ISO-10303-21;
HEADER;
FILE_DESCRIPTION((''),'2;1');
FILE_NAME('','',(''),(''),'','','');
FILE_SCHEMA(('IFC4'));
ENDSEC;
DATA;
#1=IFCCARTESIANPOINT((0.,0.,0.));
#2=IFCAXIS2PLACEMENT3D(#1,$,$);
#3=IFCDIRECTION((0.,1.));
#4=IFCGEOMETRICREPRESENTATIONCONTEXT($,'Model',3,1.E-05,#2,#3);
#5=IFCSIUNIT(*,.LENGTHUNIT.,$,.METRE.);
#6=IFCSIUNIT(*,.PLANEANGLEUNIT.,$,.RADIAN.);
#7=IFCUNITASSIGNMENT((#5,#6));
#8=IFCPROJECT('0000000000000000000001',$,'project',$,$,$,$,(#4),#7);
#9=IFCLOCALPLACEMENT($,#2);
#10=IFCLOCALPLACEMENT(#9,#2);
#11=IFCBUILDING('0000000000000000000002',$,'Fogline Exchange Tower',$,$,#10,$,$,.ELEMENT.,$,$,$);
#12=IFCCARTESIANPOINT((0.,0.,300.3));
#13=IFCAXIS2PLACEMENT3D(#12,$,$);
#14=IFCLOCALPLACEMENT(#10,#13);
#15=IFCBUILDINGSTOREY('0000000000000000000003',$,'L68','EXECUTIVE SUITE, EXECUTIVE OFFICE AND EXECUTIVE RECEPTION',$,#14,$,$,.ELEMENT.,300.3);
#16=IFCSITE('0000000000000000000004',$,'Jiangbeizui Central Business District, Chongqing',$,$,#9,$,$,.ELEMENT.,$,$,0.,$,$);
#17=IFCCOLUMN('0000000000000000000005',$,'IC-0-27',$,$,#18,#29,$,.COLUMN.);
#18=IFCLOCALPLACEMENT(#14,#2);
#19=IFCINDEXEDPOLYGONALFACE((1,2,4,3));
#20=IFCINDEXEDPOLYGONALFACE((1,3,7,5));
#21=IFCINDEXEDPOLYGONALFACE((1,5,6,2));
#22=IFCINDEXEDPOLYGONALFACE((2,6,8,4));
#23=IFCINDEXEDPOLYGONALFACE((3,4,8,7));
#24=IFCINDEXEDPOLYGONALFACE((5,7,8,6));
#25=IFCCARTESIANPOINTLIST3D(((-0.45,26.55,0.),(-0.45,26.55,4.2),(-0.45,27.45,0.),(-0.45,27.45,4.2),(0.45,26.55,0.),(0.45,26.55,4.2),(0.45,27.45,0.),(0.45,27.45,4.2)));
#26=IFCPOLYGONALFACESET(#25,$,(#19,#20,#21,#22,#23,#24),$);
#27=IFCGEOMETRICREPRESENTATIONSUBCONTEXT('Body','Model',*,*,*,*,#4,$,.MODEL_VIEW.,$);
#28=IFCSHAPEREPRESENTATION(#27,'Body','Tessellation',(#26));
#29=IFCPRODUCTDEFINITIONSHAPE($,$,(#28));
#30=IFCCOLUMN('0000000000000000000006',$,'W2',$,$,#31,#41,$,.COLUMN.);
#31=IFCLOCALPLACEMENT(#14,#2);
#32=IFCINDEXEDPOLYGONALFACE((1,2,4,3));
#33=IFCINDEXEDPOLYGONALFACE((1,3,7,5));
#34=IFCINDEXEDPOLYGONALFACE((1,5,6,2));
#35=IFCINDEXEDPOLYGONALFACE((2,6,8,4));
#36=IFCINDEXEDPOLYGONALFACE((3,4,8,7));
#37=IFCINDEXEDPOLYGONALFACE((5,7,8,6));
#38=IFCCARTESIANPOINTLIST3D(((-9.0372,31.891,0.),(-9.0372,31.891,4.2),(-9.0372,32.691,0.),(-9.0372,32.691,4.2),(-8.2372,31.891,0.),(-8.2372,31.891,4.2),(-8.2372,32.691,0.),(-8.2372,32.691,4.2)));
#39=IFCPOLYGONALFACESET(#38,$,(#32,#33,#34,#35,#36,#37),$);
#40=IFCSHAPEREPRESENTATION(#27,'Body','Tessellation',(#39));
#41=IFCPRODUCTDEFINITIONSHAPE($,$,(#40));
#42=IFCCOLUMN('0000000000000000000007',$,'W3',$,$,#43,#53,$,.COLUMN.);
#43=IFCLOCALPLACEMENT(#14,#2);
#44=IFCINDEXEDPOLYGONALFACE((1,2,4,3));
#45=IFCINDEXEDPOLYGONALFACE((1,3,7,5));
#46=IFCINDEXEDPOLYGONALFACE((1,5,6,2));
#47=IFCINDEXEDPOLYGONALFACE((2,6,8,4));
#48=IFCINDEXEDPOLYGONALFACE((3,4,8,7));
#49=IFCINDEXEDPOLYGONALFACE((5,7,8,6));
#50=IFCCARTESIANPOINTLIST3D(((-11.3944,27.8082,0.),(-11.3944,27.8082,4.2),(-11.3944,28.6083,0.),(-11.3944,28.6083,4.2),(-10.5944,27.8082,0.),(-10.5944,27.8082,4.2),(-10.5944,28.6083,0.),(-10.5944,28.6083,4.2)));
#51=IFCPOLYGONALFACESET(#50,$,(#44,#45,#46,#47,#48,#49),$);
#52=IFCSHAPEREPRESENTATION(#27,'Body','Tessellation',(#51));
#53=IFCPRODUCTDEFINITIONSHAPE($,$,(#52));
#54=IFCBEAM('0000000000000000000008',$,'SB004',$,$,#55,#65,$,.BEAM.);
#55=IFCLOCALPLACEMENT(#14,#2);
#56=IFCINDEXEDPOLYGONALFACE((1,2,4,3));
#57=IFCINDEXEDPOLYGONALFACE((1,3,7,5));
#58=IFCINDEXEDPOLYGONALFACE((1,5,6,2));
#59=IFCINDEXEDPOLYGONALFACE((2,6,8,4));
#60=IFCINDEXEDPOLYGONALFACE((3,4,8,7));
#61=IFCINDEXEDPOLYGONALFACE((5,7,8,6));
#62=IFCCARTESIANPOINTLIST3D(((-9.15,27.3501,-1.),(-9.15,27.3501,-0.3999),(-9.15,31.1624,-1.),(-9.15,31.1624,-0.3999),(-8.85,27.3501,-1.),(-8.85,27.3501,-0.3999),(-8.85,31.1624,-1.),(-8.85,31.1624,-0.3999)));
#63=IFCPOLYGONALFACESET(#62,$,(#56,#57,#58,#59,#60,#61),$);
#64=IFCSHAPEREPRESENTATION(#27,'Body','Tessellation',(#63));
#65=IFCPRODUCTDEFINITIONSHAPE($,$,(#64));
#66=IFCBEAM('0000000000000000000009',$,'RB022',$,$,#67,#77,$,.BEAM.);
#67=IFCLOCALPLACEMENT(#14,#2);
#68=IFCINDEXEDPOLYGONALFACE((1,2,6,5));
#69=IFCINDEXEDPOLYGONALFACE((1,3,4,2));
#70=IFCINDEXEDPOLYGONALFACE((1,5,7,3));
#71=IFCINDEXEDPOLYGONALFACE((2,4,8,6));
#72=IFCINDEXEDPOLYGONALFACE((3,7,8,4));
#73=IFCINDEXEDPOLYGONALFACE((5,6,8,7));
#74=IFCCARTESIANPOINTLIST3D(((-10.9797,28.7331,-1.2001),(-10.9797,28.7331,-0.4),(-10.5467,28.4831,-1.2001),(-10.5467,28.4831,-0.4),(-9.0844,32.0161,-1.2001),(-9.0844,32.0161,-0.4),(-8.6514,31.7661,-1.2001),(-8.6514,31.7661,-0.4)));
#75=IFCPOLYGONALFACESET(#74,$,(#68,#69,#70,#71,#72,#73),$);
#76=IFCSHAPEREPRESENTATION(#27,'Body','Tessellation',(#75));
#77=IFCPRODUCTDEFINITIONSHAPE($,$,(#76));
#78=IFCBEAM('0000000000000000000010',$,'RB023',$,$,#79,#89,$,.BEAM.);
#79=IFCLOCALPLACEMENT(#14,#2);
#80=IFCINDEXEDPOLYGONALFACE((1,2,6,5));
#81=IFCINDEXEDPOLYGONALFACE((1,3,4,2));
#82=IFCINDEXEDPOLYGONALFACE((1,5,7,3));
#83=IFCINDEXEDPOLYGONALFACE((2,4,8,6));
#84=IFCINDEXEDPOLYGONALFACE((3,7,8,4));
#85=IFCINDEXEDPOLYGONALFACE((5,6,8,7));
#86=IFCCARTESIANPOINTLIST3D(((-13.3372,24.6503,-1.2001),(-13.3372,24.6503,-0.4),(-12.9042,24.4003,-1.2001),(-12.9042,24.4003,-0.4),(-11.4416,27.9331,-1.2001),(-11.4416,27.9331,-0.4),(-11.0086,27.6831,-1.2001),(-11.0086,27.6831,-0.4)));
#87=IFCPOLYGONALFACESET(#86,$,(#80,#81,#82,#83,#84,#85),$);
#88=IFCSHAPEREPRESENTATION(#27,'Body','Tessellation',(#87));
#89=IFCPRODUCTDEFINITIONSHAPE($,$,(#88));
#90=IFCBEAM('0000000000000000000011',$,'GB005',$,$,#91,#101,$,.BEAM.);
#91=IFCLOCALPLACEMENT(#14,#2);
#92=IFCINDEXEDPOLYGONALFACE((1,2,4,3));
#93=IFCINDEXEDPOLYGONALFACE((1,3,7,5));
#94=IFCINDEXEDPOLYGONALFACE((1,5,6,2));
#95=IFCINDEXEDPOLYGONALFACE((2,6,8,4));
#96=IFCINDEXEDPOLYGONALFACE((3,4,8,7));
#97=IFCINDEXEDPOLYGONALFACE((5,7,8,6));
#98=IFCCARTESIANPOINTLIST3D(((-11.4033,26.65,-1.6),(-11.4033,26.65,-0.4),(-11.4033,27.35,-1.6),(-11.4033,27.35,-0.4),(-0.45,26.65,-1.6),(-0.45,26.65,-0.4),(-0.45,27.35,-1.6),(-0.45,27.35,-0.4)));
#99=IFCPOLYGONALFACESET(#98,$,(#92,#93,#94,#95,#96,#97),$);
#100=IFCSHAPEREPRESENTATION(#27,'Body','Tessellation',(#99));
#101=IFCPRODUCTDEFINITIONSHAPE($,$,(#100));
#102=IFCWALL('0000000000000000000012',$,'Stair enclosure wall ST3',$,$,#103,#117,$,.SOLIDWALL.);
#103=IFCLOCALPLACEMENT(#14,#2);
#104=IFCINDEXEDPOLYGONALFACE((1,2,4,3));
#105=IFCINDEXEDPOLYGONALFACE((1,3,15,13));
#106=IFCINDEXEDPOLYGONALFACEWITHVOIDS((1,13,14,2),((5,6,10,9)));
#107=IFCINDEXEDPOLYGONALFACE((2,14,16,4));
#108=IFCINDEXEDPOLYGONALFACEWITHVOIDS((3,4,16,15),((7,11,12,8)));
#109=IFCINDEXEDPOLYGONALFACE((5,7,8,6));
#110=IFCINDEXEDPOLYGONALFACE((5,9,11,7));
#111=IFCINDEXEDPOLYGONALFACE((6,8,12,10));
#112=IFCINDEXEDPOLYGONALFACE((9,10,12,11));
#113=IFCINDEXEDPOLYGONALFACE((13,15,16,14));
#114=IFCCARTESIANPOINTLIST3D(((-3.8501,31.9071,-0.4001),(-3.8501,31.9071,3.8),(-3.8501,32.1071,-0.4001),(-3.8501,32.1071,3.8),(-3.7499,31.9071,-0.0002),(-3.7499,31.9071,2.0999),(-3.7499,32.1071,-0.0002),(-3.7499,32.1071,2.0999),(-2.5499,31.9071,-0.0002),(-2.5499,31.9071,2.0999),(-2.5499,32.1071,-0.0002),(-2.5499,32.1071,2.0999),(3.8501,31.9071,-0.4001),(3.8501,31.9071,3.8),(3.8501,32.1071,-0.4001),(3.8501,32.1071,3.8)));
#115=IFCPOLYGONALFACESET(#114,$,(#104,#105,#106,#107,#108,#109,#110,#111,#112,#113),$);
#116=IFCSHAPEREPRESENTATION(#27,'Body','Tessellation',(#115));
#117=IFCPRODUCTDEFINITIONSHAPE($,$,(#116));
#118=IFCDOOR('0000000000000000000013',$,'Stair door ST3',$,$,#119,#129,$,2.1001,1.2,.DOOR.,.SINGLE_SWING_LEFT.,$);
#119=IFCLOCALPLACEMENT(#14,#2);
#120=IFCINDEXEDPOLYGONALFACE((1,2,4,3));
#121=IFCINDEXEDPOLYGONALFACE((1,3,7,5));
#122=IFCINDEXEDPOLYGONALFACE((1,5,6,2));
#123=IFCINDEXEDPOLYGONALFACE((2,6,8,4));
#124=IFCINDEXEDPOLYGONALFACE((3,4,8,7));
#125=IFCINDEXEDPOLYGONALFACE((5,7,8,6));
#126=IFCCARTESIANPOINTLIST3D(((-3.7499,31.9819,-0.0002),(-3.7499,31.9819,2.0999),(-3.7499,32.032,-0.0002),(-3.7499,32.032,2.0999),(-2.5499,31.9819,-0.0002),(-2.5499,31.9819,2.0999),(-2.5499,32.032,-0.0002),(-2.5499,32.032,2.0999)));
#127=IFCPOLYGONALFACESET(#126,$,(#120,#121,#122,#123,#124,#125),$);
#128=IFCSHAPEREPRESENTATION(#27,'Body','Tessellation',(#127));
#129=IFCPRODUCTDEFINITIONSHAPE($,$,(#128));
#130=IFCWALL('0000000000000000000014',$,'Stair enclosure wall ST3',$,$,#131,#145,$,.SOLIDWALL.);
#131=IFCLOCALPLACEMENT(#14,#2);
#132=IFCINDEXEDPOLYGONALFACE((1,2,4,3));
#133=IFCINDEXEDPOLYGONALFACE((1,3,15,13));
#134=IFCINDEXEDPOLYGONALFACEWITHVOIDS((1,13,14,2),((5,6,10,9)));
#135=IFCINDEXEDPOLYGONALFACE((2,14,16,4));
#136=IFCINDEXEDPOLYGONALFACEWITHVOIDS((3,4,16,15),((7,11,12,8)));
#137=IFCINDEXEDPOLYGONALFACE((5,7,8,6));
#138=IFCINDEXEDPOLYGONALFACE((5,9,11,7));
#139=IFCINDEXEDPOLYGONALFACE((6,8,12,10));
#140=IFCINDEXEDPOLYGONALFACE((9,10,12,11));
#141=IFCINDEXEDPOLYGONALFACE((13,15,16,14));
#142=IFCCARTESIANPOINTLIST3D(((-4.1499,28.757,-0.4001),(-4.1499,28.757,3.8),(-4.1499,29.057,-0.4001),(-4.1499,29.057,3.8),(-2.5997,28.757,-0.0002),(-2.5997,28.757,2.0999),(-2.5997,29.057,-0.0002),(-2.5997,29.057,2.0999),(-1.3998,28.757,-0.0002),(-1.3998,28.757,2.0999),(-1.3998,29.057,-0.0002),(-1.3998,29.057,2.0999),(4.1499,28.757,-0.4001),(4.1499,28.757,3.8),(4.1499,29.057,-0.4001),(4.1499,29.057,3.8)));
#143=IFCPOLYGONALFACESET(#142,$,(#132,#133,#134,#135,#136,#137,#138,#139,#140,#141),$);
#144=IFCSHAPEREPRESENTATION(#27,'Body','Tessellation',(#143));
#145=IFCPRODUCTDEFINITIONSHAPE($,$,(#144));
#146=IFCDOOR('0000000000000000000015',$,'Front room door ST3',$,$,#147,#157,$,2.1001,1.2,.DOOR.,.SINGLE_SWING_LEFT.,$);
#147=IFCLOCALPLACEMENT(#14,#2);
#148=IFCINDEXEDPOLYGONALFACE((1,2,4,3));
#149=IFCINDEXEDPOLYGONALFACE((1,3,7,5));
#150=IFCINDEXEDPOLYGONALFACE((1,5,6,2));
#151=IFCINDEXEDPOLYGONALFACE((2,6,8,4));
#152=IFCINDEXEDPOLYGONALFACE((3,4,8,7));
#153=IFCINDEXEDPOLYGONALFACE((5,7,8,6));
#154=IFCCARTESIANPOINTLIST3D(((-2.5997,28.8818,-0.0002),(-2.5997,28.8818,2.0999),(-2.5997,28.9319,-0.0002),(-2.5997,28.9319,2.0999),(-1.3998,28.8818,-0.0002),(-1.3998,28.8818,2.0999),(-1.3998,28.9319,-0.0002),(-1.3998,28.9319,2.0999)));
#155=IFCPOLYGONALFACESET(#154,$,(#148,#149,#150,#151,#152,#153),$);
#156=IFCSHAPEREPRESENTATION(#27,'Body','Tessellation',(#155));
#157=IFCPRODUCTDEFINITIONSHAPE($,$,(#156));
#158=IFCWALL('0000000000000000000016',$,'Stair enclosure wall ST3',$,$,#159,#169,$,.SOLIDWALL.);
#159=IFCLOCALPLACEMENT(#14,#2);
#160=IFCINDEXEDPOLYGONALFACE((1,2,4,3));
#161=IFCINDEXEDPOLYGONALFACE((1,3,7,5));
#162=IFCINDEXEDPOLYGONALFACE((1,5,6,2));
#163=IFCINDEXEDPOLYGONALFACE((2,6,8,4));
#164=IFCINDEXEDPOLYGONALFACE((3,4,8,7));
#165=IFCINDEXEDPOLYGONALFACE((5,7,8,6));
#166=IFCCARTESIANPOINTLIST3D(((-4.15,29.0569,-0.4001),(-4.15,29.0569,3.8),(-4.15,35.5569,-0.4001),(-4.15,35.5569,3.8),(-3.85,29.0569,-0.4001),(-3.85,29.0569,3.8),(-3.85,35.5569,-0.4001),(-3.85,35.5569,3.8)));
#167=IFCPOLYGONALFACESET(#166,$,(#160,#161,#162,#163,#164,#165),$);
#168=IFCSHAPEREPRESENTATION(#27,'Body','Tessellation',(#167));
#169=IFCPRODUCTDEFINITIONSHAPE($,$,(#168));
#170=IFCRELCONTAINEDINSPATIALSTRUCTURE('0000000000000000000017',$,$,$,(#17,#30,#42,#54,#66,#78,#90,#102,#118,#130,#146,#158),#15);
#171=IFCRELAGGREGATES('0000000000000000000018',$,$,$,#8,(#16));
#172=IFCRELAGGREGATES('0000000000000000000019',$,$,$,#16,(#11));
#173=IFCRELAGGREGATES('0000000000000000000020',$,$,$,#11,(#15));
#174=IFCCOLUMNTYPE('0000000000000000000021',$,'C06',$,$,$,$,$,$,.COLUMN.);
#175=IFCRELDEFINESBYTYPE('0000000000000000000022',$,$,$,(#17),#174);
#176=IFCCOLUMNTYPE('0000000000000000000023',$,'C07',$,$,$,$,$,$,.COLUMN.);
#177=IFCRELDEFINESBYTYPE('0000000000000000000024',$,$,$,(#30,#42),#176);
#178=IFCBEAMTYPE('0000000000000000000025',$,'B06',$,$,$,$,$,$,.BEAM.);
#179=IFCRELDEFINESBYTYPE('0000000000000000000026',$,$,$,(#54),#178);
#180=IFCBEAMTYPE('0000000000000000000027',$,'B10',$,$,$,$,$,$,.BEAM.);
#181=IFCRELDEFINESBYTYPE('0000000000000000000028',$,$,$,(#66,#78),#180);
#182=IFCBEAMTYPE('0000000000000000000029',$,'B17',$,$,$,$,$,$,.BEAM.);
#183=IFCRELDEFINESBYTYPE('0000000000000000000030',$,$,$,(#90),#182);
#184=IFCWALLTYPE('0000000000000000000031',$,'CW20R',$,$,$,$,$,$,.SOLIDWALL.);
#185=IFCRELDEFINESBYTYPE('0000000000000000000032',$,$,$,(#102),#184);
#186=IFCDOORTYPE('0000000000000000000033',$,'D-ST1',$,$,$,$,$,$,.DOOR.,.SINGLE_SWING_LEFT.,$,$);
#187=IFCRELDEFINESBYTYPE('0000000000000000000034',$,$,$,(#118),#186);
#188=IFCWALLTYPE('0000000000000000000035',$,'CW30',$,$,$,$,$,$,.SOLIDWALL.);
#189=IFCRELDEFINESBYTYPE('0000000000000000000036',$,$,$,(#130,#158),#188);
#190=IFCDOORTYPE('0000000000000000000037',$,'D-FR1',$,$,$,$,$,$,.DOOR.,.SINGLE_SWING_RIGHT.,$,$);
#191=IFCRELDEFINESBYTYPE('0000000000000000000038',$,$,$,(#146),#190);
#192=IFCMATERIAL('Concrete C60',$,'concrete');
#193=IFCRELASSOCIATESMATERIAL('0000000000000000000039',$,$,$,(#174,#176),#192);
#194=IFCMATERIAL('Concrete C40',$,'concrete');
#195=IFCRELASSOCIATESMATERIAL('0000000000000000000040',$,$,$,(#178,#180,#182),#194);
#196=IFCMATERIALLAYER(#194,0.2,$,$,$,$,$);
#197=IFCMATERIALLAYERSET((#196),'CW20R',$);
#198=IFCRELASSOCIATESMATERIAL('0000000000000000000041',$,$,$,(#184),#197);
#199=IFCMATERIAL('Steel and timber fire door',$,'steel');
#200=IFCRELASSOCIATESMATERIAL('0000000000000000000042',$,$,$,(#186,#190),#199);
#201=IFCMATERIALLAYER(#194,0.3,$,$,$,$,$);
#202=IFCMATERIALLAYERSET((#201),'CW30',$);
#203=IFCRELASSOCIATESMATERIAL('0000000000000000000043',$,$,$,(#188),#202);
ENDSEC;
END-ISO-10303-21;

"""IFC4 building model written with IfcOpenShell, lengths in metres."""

from ifc_helpers import new_model, si_unit, direction, frame, frame_2d, origin, origin_2d, place, context, subcontext, project, spatial, rectangle, extrude, material, layer, layer_set, material_profile, profile_set, type_object, element, fill, save


model = new_model("IFC4")

# Units and contexts
model_context = context("Model", 3, precision=1e-05, world=origin(), true_north=direction((0.0, 1.0)))
body_context = subcontext(model_context, "Body", "Model", "MODEL_VIEW")
ifc_project = project(units=[si_unit("LENGTHUNIT", "METRE"), si_unit("PLANEANGLEUNIT", "RADIAN")], contexts=[model_context])

# Site, building, storey
site_placement = place(None, origin())
site = spatial("IfcSite", under=ifc_project, at=site_placement, Name="Jiangbeizui Central Business District, Chongqing", CompositionType="ELEMENT", RefElevation=0.0)
building_placement = place(site_placement, origin())
building = spatial("IfcBuilding", under=site, at=building_placement, Name="Fogline Exchange Tower", CompositionType="ELEMENT")
storey_placement = place(building_placement, frame((0.0, 0.0, 300.3)))
storey = spatial("IfcBuildingStorey", under=building, at=storey_placement, Name="L68", Description="EXECUTIVE SUITE, EXECUTIVE OFFICE AND EXECUTIVE RECEPTION", CompositionType="ELEMENT", Elevation=300.3)

# Columns
ifc_material_1 = material(Name="Concrete C60", Category="concrete")
ifc_material_profile_1 = material_profile(ifc_material_1, rectangle(XDim=0.8999, YDim=0.8999, at=origin_2d()), Name="RC 900x900")
ifc_profile_set_1 = profile_set([ifc_material_profile_1], Name="Concrete C60")
column_type_1 = type_object("IfcColumnType", Name="C06", PredefinedType="COLUMN", material=ifc_profile_set_1)
column_placement = place(storey_placement, frame((0.0, 27.0, 0.0), z_axis=(0.0, 0.0, 1.0), x_axis=(1.0, 0.0, 0.0)))
element("IfcColumn", 1, at=column_placement, inside=storey, type_object=column_type_1, Name="IC-0-27", PredefinedType="COLUMN", context=body_context, shape_type="SweptSolid", body=[
    extrude(rectangle(XDim=0.8999, YDim=0.8999, at=origin_2d()), origin(), (0.0, 0.0, 1.0), 4.2),
])
ifc_material_profile_2 = material_profile(ifc_material_1, rectangle(XDim=0.8, YDim=0.8, at=origin_2d()), Name="RC 800x800")
ifc_profile_set_2 = profile_set([ifc_material_profile_2], Name="Concrete C60")
column_type_2 = type_object("IfcColumnType", Name="C07", PredefinedType="COLUMN", material=ifc_profile_set_2)
for number, where, z_axis, x_axis, name in (
    (2, (-8.6372, 32.291, 0.0), (0.0, 0.0, 1.0), (1.0, 0.0, 0.0), "W2"),
    (3, (-10.9944, 28.2083, 0.0), (0.0, 0.0, 1.0), (1.0, 0.0, 0.0), "W3"),
):
    element("IfcColumn", number, at=place(storey_placement, frame(where, z_axis=z_axis, x_axis=x_axis)), inside=storey, type_object=column_type_2, Name=name, PredefinedType="COLUMN", context=body_context, shape_type="SweptSolid", body=[
        extrude(rectangle(XDim=0.8, YDim=0.8, at=origin_2d()), origin(), (0.0, 0.0, 1.0), 4.2),
    ])

# Beams
ifc_material_2 = material(Name="Concrete C40", Category="concrete")
ifc_material_profile_3 = material_profile(ifc_material_2, rectangle(XDim=0.3, YDim=0.6001, at=origin_2d()), Name="RC 300x600")
ifc_profile_set_3 = profile_set([ifc_material_profile_3], Name="Concrete C40")
beam_type_1 = type_object("IfcBeamType", Name="B06", PredefinedType="BEAM", material=ifc_profile_set_3)
beam_1_placement = place(storey_placement, frame((-9.0, 27.3501, -0.7), z_axis=(0.0, 1.0, 0.0), x_axis=(-1.0, 0.0, 0.0)))
element("IfcBeam", 4, at=beam_1_placement, inside=storey, type_object=beam_type_1, Name="SB004", PredefinedType="BEAM", context=body_context, shape_type="SweptSolid", body=[
    extrude(rectangle(XDim=0.3, YDim=0.6001, at=origin_2d()), origin(), (0.0, 0.0, 1.0), 3.8123),
])
ifc_material_profile_4 = material_profile(ifc_material_2, rectangle(XDim=0.5, YDim=0.8, at=origin_2d()), Name="RC 500x800")
ifc_profile_set_4 = profile_set([ifc_material_profile_4], Name="Concrete C40")
beam_type_2 = type_object("IfcBeamType", Name="B10", PredefinedType="BEAM", material=ifc_profile_set_4)
for number, where, z_axis, x_axis, name in (
    (5, (-8.8679, 31.8911, -0.8), (-0.49997, -0.866043, 0.0), (0.866043, -0.49997, 0.0), "RB022"),
    (6, (-11.2251, 27.8081, -0.8), (-0.500046, -0.865999, 0.0), (0.865999, -0.500046, 0.0), "RB023"),
):
    element("IfcBeam", number, at=place(storey_placement, frame(where, z_axis=z_axis, x_axis=x_axis)), inside=storey, type_object=beam_type_2, Name=name, PredefinedType="BEAM", context=body_context, shape_type="SweptSolid", body=[
        extrude(rectangle(XDim=0.5, YDim=0.8, at=origin_2d()), origin(), (0.0, 0.0, 1.0), 3.7908),
    ])
ifc_material_profile_5 = material_profile(ifc_material_2, rectangle(XDim=0.7, YDim=1.2, at=origin_2d()), Name="RC 700x1200")
ifc_profile_set_5 = profile_set([ifc_material_profile_5], Name="Concrete C40")
beam_type_3 = type_object("IfcBeamType", Name="B17", PredefinedType="BEAM", material=ifc_profile_set_5)
beam_2_placement = place(storey_placement, frame((-11.4033, 27.0, -1.0), z_axis=(1.0, 0.0, 0.0), x_axis=(0.0, 1.0, 0.0)))
element("IfcBeam", 7, at=beam_2_placement, inside=storey, type_object=beam_type_3, Name="GB005", PredefinedType="BEAM", context=body_context, shape_type="SweptSolid", body=[
    extrude(rectangle(XDim=0.7, YDim=1.2, at=origin_2d()), origin(), (0.0, 0.0, 1.0), 10.9534),
])

# Walls, openings, doors
ifc_layer_1 = layer(ifc_material_2, 0.2)
ifc_layer_set_1 = layer_set([ifc_layer_1], Name="CW20R")
wall_type_1 = type_object("IfcWallType", Name="CW20R", PredefinedType="SOLIDWALL", material=ifc_layer_set_1)
wall_1_placement = place(storey_placement, frame((-3.8501, 32.0071, -0.4001), z_axis=(0.0, 0.0, 1.0), x_axis=(1.0, 0.0, 0.0)))
wall_1 = element("IfcWall", 8, at=wall_1_placement, inside=storey, type_object=wall_type_1, Name="Stair enclosure wall ST3", PredefinedType="SOLIDWALL", context=body_context, shape_type="SweptSolid", body=[
    extrude(rectangle(XDim=7.7002, YDim=0.2, at=frame_2d((3.8501, 0.0))), origin(), (0.0, 0.0, 1.0), 4.2002),
])
opening_1_placement = place(wall_1_placement, frame((0.1001, 0.0, 0.3999)))
opening_1 = element("IfcOpeningElement", 9, at=opening_1_placement, cuts=wall_1, PredefinedType="OPENING", context=body_context, shape_type="SweptSolid", body=[
    extrude(rectangle(XDim=1.2, YDim=2.1001, at=frame_2d((0.6001, 1.05))), frame((0.0, 0.1099, 0.0), z_axis=(0.0, -1.0, 0.0), x_axis=(1.0, 0.0, 0.0)), (0.0, 0.0, 1.0), 0.22),
])
ifc_material_3 = material(Name="Steel and timber fire door", Category="steel")
door_type_1 = type_object("IfcDoorType", Name="D-ST1", OperationType="SINGLE_SWING_LEFT", PredefinedType="DOOR", material=ifc_material_3)
door_1_placement = place(opening_1_placement, origin())
door_1 = element("IfcDoor", 10, at=door_1_placement, inside=storey, type_object=door_type_1, Name="Stair door ST3", OperationType="SINGLE_SWING_LEFT", OverallHeight=2.1001, OverallWidth=1.2, PredefinedType="DOOR", context=body_context, shape_type="SweptSolid", body=[
    extrude(rectangle(XDim=1.2, YDim=2.1001, at=frame_2d((0.6001, 1.05))), frame((0.0, 0.0249, 0.0), z_axis=(0.0, -1.0, 0.0), x_axis=(1.0, 0.0, 0.0)), (0.0, 0.0, 1.0), 0.05),
])
fill(opening_1, door_1)
ifc_layer_2 = layer(ifc_material_2, 0.3)
ifc_layer_set_2 = layer_set([ifc_layer_2], Name="CW30")
wall_type_2 = type_object("IfcWallType", Name="CW30", PredefinedType="SOLIDWALL", material=ifc_layer_set_2)
wall_2_placement = place(storey_placement, frame((-4.1499, 28.907, -0.4001), z_axis=(0.0, 0.0, 1.0), x_axis=(1.0, 0.0, 0.0)))
wall_2 = element("IfcWall", 11, at=wall_2_placement, inside=storey, type_object=wall_type_2, Name="Stair enclosure wall ST3", PredefinedType="SOLIDWALL", context=body_context, shape_type="SweptSolid", body=[
    extrude(rectangle(XDim=8.2998, YDim=0.3, at=frame_2d((4.1499, 0.0))), origin(), (0.0, 0.0, 1.0), 4.2002),
])
opening_2_placement = place(wall_2_placement, frame((1.55, 0.0, 0.3999)))
opening_2 = element("IfcOpeningElement", 12, at=opening_2_placement, cuts=wall_2, PredefinedType="OPENING", context=body_context, shape_type="SweptSolid", body=[
    extrude(rectangle(XDim=1.2, YDim=2.1001, at=frame_2d((0.6001, 1.05))), frame((0.0, 0.1602, 0.0), z_axis=(0.0, -1.0, 0.0), x_axis=(1.0, 0.0, 0.0)), (0.0, 0.0, 1.0), 0.3201),
])
door_type_2 = type_object("IfcDoorType", Name="D-FR1", OperationType="SINGLE_SWING_RIGHT", PredefinedType="DOOR", material=ifc_material_3)
door_2_placement = place(opening_2_placement, origin())
door_2 = element("IfcDoor", 13, at=door_2_placement, inside=storey, type_object=door_type_2, Name="Front room door ST3", OperationType="SINGLE_SWING_LEFT", OverallHeight=2.1001, OverallWidth=1.2, PredefinedType="DOOR", context=body_context, shape_type="SweptSolid", body=[
    extrude(rectangle(XDim=1.2, YDim=2.1001, at=frame_2d((0.6001, 1.05))), frame((0.0, 0.0249, 0.0), z_axis=(0.0, -1.0, 0.0), x_axis=(1.0, 0.0, 0.0)), (0.0, 0.0, 1.0), 0.05),
])
fill(opening_2, door_2)

# Wall
wall_3_placement = place(storey_placement, frame((-4.0, 29.0569, -0.4001), z_axis=(0.0, 0.0, 1.0), x_axis=(0.0, 1.0, 0.0)))
element("IfcWall", 14, at=wall_3_placement, inside=storey, type_object=wall_type_2, Name="Stair enclosure wall ST3", PredefinedType="SOLIDWALL", context=body_context, shape_type="SweptSolid", body=[
    extrude(rectangle(XDim=6.5, YDim=0.3, at=frame_2d((3.25, 0.0))), origin(), (0.0, 0.0, 1.0), 4.2002),
])

save(model, "model.ifc")
